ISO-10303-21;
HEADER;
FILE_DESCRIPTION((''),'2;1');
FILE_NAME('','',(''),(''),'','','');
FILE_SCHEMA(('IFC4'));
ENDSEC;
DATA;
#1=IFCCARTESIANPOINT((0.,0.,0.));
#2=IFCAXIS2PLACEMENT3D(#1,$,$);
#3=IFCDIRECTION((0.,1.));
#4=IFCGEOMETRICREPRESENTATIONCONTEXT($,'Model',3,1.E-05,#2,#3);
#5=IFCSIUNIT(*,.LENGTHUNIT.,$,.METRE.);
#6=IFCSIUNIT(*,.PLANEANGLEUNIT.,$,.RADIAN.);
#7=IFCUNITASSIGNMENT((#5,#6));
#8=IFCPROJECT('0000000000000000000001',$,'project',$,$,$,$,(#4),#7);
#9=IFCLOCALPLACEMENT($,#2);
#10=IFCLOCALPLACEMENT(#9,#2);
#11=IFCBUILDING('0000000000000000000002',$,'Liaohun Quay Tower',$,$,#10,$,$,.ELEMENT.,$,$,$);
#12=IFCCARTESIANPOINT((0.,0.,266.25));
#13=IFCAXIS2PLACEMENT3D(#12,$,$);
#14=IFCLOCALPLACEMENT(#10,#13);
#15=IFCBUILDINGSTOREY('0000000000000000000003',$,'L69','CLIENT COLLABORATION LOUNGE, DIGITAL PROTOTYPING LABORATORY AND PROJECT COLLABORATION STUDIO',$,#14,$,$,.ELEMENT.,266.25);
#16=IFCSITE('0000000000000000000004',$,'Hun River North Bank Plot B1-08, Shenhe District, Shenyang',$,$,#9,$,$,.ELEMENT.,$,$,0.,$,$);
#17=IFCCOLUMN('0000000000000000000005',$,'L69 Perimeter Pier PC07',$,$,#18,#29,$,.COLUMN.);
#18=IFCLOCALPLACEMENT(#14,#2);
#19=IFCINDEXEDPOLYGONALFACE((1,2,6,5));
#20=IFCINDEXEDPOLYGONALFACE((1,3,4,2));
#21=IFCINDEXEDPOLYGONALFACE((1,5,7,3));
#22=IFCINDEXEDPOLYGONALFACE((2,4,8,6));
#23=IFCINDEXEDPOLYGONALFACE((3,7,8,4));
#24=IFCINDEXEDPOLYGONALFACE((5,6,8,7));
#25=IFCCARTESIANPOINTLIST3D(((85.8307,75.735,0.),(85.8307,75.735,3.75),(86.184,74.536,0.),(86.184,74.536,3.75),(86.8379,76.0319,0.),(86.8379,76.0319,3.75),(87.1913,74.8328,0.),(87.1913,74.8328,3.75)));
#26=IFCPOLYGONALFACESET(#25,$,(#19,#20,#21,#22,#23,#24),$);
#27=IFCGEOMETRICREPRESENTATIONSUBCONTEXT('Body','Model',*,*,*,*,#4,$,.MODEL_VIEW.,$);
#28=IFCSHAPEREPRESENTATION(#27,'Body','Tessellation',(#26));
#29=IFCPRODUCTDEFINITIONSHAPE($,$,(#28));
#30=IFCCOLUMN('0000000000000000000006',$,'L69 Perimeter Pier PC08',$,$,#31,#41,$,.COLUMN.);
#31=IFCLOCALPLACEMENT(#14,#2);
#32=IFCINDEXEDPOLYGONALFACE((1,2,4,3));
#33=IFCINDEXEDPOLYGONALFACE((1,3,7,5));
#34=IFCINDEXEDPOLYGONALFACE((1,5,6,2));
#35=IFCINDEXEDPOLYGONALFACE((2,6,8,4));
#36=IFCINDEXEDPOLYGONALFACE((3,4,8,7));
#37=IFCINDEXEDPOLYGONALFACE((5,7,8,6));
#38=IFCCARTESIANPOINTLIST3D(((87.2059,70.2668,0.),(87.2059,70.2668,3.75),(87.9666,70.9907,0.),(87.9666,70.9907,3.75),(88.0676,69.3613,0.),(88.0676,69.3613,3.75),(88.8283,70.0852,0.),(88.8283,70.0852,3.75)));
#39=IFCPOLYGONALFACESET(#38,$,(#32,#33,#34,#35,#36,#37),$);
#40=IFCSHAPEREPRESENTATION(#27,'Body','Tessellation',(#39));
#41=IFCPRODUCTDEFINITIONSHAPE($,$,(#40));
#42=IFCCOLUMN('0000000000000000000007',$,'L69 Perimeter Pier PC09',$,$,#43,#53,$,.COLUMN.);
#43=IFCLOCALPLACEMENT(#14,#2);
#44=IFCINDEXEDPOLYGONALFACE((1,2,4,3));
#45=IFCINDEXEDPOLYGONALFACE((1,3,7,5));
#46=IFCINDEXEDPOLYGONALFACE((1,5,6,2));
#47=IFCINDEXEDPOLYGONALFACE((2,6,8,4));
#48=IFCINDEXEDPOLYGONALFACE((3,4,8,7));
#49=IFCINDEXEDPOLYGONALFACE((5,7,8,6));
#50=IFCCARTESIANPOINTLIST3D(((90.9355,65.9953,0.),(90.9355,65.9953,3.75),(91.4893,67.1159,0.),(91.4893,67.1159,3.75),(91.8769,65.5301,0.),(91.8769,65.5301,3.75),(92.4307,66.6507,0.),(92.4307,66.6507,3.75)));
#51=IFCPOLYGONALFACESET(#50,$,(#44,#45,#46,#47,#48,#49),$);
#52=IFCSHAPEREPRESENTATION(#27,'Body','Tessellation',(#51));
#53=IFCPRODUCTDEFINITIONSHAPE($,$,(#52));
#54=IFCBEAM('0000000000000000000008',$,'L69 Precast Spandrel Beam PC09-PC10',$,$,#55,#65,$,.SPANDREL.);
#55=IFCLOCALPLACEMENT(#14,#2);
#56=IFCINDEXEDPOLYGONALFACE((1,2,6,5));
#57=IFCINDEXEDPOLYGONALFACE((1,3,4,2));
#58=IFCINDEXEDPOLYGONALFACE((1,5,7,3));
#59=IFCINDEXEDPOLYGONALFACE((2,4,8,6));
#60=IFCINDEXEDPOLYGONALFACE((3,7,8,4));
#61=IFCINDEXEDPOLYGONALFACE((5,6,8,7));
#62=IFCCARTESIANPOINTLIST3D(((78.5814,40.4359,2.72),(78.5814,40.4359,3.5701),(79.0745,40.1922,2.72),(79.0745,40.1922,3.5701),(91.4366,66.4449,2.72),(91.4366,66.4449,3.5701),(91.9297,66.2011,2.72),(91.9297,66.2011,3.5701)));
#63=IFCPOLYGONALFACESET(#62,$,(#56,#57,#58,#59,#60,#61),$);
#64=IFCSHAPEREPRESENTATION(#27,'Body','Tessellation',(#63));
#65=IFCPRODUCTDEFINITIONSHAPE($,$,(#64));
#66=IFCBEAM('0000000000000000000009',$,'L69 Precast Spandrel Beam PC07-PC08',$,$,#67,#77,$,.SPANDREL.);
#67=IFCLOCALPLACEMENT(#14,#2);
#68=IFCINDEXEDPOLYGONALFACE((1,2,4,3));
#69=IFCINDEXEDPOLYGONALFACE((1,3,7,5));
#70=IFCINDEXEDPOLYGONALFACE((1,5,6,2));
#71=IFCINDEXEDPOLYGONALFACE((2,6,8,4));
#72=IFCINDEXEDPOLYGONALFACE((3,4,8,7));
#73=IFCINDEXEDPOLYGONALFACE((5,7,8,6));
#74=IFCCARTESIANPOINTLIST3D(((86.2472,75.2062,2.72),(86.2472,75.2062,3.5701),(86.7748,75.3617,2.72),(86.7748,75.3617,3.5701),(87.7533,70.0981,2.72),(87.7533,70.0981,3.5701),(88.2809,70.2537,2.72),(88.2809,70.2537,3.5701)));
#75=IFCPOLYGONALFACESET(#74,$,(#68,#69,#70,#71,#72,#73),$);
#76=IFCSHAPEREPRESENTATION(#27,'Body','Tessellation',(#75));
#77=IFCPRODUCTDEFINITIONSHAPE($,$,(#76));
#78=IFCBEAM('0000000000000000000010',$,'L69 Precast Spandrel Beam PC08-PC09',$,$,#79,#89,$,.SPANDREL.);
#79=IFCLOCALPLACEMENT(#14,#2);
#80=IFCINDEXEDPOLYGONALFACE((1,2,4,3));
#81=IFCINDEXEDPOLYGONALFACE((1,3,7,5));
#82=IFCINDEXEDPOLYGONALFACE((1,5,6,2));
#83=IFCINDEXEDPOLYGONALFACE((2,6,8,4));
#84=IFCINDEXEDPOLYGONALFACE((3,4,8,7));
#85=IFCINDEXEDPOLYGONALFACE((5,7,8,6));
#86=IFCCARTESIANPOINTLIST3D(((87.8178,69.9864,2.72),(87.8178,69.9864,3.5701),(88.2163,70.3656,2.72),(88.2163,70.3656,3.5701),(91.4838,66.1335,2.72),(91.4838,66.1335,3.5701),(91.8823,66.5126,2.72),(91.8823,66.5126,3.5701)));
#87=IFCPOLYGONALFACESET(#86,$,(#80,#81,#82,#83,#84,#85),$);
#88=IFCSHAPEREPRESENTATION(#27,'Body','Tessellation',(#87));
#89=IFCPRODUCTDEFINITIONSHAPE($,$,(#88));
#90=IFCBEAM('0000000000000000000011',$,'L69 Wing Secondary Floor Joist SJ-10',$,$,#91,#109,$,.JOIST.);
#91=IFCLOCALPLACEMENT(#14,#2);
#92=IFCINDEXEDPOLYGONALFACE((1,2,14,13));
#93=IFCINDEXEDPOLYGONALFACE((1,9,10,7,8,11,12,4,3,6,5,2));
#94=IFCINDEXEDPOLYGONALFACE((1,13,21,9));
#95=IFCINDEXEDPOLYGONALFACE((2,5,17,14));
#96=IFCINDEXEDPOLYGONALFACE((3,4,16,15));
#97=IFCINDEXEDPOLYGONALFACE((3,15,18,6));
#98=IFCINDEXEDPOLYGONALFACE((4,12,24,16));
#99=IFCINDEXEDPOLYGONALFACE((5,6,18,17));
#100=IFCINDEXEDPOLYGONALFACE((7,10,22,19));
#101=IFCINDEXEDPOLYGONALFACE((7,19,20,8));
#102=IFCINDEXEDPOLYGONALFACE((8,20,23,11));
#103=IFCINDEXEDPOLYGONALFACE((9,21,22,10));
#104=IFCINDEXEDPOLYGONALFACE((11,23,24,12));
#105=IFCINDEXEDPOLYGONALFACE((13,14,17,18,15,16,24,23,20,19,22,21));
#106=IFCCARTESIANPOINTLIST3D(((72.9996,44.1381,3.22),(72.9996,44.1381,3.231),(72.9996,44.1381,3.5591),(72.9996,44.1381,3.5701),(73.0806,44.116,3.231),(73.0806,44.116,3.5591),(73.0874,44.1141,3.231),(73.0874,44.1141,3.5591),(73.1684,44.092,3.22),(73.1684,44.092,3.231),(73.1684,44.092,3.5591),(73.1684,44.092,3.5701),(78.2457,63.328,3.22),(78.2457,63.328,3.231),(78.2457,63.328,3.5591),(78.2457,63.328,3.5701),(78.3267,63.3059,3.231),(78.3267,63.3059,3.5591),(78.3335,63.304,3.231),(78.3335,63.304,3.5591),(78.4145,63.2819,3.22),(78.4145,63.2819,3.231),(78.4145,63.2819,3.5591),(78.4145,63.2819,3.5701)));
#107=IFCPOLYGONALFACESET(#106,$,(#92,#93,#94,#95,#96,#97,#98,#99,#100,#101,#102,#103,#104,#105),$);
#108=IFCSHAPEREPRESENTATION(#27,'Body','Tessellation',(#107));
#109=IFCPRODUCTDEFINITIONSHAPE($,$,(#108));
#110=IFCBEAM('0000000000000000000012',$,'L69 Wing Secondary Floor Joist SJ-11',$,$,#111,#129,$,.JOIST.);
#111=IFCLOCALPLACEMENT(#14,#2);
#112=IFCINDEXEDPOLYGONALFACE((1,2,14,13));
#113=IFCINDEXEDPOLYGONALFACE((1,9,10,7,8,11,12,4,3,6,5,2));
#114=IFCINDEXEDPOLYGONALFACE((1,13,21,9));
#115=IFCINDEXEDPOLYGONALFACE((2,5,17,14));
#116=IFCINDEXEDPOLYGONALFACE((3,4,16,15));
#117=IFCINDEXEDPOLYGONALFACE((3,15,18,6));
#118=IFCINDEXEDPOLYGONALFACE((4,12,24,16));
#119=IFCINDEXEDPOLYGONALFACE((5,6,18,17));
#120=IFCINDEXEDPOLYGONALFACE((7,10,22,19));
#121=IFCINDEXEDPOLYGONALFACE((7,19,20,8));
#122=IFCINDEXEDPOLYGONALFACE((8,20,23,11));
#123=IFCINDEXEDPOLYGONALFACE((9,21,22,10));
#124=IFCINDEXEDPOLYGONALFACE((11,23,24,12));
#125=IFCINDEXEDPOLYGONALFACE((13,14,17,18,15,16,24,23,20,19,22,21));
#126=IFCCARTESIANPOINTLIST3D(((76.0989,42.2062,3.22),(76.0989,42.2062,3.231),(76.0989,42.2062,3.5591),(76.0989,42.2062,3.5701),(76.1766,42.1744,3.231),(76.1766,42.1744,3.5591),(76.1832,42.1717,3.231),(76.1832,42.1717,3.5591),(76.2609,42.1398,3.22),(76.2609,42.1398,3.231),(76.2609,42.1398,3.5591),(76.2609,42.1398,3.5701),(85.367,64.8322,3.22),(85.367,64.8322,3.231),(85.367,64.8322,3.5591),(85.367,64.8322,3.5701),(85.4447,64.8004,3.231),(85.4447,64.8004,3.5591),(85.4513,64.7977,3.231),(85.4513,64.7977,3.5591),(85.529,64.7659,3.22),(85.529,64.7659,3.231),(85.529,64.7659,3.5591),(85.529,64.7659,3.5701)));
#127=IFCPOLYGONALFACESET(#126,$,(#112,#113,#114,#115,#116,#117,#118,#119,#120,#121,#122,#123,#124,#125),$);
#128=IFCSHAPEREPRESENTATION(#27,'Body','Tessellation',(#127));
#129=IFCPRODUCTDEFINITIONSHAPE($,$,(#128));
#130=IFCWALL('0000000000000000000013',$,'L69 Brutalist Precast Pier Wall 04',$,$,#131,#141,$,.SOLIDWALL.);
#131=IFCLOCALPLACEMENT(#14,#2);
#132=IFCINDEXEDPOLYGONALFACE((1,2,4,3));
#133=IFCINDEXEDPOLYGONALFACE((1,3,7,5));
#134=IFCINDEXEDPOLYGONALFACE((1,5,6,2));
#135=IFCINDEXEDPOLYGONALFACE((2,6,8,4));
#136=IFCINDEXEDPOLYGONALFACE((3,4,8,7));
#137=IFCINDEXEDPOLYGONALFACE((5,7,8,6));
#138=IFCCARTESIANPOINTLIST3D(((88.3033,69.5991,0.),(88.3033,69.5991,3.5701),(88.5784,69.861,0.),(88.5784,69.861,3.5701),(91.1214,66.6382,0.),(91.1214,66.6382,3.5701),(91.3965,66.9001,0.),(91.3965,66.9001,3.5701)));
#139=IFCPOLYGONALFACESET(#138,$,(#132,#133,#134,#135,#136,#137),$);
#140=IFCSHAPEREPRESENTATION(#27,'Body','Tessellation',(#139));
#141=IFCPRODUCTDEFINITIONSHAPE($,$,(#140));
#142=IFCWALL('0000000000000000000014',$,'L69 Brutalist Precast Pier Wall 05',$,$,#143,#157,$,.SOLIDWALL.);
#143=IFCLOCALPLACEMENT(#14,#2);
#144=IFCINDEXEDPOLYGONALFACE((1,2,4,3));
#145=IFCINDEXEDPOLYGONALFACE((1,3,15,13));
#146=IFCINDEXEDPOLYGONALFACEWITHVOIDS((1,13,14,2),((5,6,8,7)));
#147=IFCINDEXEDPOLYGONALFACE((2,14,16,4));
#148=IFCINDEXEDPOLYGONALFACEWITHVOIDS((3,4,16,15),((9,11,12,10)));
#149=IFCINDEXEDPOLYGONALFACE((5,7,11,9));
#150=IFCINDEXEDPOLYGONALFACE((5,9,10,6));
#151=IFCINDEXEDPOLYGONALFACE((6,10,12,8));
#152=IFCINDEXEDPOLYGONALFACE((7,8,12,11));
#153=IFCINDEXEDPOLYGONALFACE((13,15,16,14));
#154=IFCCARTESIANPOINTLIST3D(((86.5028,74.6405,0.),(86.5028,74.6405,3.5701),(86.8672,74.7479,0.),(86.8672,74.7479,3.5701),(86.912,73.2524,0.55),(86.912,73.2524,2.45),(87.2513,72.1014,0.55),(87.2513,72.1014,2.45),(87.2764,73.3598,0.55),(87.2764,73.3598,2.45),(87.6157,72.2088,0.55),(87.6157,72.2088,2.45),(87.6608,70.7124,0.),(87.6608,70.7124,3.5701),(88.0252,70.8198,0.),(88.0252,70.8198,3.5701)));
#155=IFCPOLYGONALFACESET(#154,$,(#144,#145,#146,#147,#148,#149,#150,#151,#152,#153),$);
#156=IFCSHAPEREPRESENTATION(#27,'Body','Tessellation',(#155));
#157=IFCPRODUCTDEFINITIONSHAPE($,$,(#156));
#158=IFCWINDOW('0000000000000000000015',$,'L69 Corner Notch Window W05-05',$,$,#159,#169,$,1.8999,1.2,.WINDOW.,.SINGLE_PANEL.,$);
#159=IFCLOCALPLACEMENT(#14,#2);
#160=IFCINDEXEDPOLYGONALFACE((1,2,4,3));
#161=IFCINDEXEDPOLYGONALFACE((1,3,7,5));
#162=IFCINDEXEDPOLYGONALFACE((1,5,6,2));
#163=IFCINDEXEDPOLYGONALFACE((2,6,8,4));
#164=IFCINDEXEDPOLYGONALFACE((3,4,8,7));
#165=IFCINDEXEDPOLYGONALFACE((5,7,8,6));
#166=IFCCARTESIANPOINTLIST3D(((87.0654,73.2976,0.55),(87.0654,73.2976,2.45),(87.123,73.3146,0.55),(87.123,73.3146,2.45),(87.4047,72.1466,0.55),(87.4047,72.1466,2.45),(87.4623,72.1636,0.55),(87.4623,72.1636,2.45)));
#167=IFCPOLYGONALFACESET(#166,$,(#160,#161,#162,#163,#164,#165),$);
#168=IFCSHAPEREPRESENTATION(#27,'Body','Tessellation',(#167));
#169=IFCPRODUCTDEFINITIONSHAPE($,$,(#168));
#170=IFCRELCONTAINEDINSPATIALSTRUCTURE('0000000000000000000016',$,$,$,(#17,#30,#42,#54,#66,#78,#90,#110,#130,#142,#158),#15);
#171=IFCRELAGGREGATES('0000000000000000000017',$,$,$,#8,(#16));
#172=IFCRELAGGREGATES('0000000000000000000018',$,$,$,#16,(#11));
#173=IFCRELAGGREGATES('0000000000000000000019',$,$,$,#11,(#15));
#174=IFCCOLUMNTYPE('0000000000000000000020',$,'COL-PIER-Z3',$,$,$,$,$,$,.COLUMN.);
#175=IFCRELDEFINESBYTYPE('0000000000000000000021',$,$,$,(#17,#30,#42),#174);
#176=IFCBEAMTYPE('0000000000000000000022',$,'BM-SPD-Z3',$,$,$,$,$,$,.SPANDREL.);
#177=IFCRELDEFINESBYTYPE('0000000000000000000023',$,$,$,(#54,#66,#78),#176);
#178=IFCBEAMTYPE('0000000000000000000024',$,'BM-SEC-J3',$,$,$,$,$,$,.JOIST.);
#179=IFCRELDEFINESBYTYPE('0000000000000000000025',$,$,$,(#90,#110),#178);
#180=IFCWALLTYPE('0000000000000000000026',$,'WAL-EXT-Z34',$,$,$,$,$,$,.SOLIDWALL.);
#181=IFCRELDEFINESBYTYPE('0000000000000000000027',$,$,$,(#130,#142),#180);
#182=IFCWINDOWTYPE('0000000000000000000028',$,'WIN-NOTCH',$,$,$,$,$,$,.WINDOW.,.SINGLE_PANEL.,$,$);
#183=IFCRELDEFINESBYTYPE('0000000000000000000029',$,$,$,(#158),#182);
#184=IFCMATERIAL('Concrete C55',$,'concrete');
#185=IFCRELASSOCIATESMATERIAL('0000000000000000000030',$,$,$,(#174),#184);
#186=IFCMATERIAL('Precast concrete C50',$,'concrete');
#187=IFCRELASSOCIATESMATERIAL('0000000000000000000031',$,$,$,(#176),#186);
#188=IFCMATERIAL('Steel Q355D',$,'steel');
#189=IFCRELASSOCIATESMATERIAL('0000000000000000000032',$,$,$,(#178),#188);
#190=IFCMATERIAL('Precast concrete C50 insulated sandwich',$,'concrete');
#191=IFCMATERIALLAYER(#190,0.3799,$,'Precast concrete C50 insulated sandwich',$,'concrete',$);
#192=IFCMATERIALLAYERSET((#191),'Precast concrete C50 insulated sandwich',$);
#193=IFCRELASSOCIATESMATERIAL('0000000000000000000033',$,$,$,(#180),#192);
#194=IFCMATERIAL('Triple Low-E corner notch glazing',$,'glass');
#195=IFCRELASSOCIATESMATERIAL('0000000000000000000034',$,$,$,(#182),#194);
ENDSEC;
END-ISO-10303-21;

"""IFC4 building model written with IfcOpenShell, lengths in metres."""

from ifc_helpers import new_model, si_unit, direction, frame, frame_2d, origin, origin_2d, place, context, subcontext, project, spatial, rectangle, i_section, extrude, source, transform, mapped, material, layer, layer_set, material_profile, profile_set, type_object, element, fill, save


model = new_model("IFC4")

# Units and contexts
model_context = context("Model", 3, precision=1e-05, world=origin(), true_north=direction((0.0, 1.0)))
body_context = subcontext(model_context, "Body", "Model", "MODEL_VIEW")
ifc_project = project(units=[si_unit("LENGTHUNIT", "METRE"), si_unit("PLANEANGLEUNIT", "RADIAN")], contexts=[model_context])

# Site, building, storey
site_placement = place(None, origin())
site = spatial("IfcSite", under=ifc_project, at=site_placement, Name="Hun River North Bank Plot B1-08, Shenhe District, Shenyang", CompositionType="ELEMENT", RefElevation=0.0)
building_placement = place(site_placement, origin())
building = spatial("IfcBuilding", under=site, at=building_placement, Name="Liaohun Quay Tower", CompositionType="ELEMENT")
storey_placement = place(building_placement, frame((0.0, 0.0, 266.25)))
storey = spatial("IfcBuildingStorey", under=building, at=storey_placement, Name="L69", Description="CLIENT COLLABORATION LOUNGE, DIGITAL PROTOTYPING LABORATORY AND PROJECT COLLABORATION STUDIO", CompositionType="ELEMENT", Elevation=266.25)

# Columns
ifc_material_1 = material(Name="Concrete C55", Category="concrete")
ifc_material_profile_1 = material_profile(ifc_material_1, rectangle(XDim=1.25, YDim=1.05, at=origin_2d()), Name="RC1250x1050")
ifc_profile_set_1 = profile_set([ifc_material_profile_1], Name="Concrete C55")
column_type = type_object("IfcColumnType", Name="COL-PIER-Z3", PredefinedType="COLUMN", material=ifc_profile_set_1)
shared_shape_1 = source(origin(), body_context, "Body", "SweptSolid", [
    extrude(rectangle(XDim=1.25, YDim=1.05, at=origin_2d()), origin(), (0.0, 0.0, 1.0), 3.75),
])
for number, where, z_axis, x_axis, name in (
    (1, (86.511, 75.2839, 0.0), (0.0, 0.0, 1.0), (-0.282676, 0.959215, 0.0), "L69 Perimeter Pier PC07"),
    (2, (88.0171, 70.176, 0.0), (0.0, 0.0, 1.0), (-0.689367, 0.724413, 0.0), "L69 Perimeter Pier PC08"),
    (3, (91.6831, 66.323, 0.0), (0.0, 0.0, 1.0), (0.443071, 0.896486, 0.0), "L69 Perimeter Pier PC09"),
):
    element("IfcColumn", number, at=place(storey_placement, frame(where, z_axis=z_axis, x_axis=x_axis)), inside=storey, type_object=column_type, Name=name, PredefinedType="COLUMN", context=body_context, shape_type="MappedRepresentation", body=[
        mapped(shared_shape_1, transform((0.0, 0.0, 0.0), x_axis=(1.0, 0.0, 0.0), y_axis=(0.0, 1.0, 0.0), z_axis=(0.0, 0.0, 1.0), scale=1.0)),
    ])

# Beams
ifc_material_2 = material(Name="Precast concrete C50", Category="concrete")
ifc_material_profile_2 = material_profile(ifc_material_2, rectangle(XDim=0.55, YDim=0.8501, at=origin_2d()), Name="RC550x850")
ifc_profile_set_2 = profile_set([ifc_material_profile_2], Name="Precast concrete C50")
beam_type_1 = type_object("IfcBeamType", Name="BM-SPD-Z3", PredefinedType="SPANDREL", material=ifc_profile_set_2)
shared_shape_2 = source(origin(), body_context, "Body", "SweptSolid", [
    extrude(rectangle(XDim=0.55, YDim=0.8501, at=origin_2d()), origin(), (0.0, 0.0, 1.0), 29.0125),
])
beam_1_placement = place(storey_placement, frame((91.6831, 66.323, 3.145), z_axis=(-0.443092, -0.896476, 0.0), x_axis=(0.896476, -0.443092, 0.0)))
element("IfcBeam", 4, at=beam_1_placement, inside=storey, type_object=beam_type_1, Name="L69 Precast Spandrel Beam PC09-PC10", PredefinedType="SPANDREL", context=body_context, shape_type="MappedRepresentation", body=[
    mapped(shared_shape_2, transform((0.0, 0.0, 0.0), x_axis=(1.0, 0.0, 0.0), y_axis=(0.0, 1.0, 0.0), z_axis=(0.0, 0.0, 1.0), scale=1.0)),
])
shared_shape_3 = source(origin(), body_context, "Body", "SweptSolid", [
    extrude(rectangle(XDim=0.55, YDim=0.8501, at=origin_2d()), origin(), (0.0, 0.0, 1.0), 5.3254),
])
beam_2_placement = place(storey_placement, frame((86.511, 75.2839, 3.145), z_axis=(0.282819, -0.959173, 0.0), x_axis=(0.959173, 0.282819, 0.0)))
element("IfcBeam", 5, at=beam_2_placement, inside=storey, type_object=beam_type_1, Name="L69 Precast Spandrel Beam PC07-PC08", PredefinedType="SPANDREL", context=body_context, shape_type="MappedRepresentation", body=[
    mapped(shared_shape_3, transform((0.0, 0.0, 0.0), x_axis=(1.0, 0.0, 0.0), y_axis=(0.0, 1.0, 0.0), z_axis=(0.0, 0.0, 1.0), scale=1.0)),
])
shared_shape_4 = source(origin(), body_context, "Body", "SweptSolid", [
    extrude(rectangle(XDim=0.55, YDim=0.8501, at=origin_2d()), origin(), (0.0, 0.0, 1.0), 5.3184),
])
beam_3_placement = place(storey_placement, frame((88.0171, 70.176, 3.145), z_axis=(0.689307, -0.72447, 0.0), x_axis=(0.72447, 0.689307, 0.0)))
element("IfcBeam", 6, at=beam_3_placement, inside=storey, type_object=beam_type_1, Name="L69 Precast Spandrel Beam PC08-PC09", PredefinedType="SPANDREL", context=body_context, shape_type="MappedRepresentation", body=[
    mapped(shared_shape_4, transform((0.0, 0.0, 0.0), x_axis=(1.0, 0.0, 0.0), y_axis=(0.0, 1.0, 0.0), z_axis=(0.0, 0.0, 1.0), scale=1.0)),
])
ifc_material_3 = material(Name="Steel Q355D", Category="steel")
ifc_material_profile_3 = material_profile(ifc_material_3, i_section(OverallWidth=0.175, OverallDepth=0.3501, WebThickness=0.0071, FlangeThickness=0.011, at=origin_2d()), Name="HN350x175x7x11")
ifc_profile_set_3 = profile_set([ifc_material_profile_3], Name="Steel Q355D")
beam_type_2 = type_object("IfcBeamType", Name="BM-SEC-J3", PredefinedType="JOIST", material=ifc_profile_set_3)
shared_shape_5 = source(origin(), body_context, "Body", "SweptSolid", [
    extrude(i_section(OverallWidth=0.175, OverallDepth=0.3501, WebThickness=0.0071, FlangeThickness=0.011, at=origin_2d()), origin(), (0.0, 0.0, 1.0), 19.894),
])
beam_4_placement = place(storey_placement, frame((78.3301, 63.3049, 3.395), z_axis=(-0.263701, -0.964604, 0.0), x_axis=(0.964604, -0.263701, 0.0)))
element("IfcBeam", 7, at=beam_4_placement, inside=storey, type_object=beam_type_2, Name="L69 Wing Secondary Floor Joist SJ-10", PredefinedType="JOIST", context=body_context, shape_type="MappedRepresentation", body=[
    mapped(shared_shape_5, transform((0.0, 0.0, 0.0), x_axis=(1.0, 0.0, 0.0), y_axis=(0.0, 1.0, 0.0), z_axis=(0.0, 0.0, 1.0), scale=1.0)),
])
shared_shape_6 = source(origin(), body_context, "Body", "SweptSolid", [
    extrude(i_section(OverallWidth=0.175, OverallDepth=0.3501, WebThickness=0.0071, FlangeThickness=0.011, at=origin_2d()), origin(), (0.0, 0.0, 1.0), 24.4507),
])
beam_5_placement = place(storey_placement, frame((85.448, 64.7991, 3.395), z_axis=(-0.379053, -0.925375, 0.0), x_axis=(0.925375, -0.379053, 0.0)))
element("IfcBeam", 8, at=beam_5_placement, inside=storey, type_object=beam_type_2, Name="L69 Wing Secondary Floor Joist SJ-11", PredefinedType="JOIST", context=body_context, shape_type="MappedRepresentation", body=[
    mapped(shared_shape_6, transform((0.0, 0.0, 0.0), x_axis=(1.0, 0.0, 0.0), y_axis=(0.0, 1.0, 0.0), z_axis=(0.0, 0.0, 1.0), scale=1.0)),
])

# Wall
ifc_material_4 = material(Name="Precast concrete C50 insulated sandwich", Category="concrete")
ifc_layer_1 = layer(ifc_material_4, 0.3799, Name="Precast concrete C50 insulated sandwich", Category="concrete")
ifc_layer_set_1 = layer_set([ifc_layer_1], Name="Precast concrete C50 insulated sandwich")
wall_type_1 = type_object("IfcWallType", Name="WAL-EXT-Z34", PredefinedType="SOLIDWALL", material=ifc_layer_set_1)
wall_1_placement = place(storey_placement, frame((91.259, 66.769, 0.0), z_axis=(0.0, 0.0, 1.0), x_axis=(-0.689421, 0.724361, 0.0)))
element("IfcWall", 9, at=wall_1_placement, inside=storey, type_object=wall_type_1, Name="L69 Brutalist Precast Pier Wall 04", PredefinedType="SOLIDWALL", context=body_context, shape_type="SweptSolid", body=[
    extrude(rectangle(XDim=4.0876, YDim=0.3799, at=frame_2d((2.0439, 0.0))), origin(), (0.0, 0.0, 1.0), 3.5701),
])

# Wall, opening, window
wall_2_placement = place(storey_placement, frame((87.843, 70.7661, 0.0), z_axis=(0.0, 0.0, 1.0), x_axis=(-0.282767, 0.959189, 0.0)))
wall_2 = element("IfcWall", 10, at=wall_2_placement, inside=storey, type_object=wall_type_1, Name="L69 Brutalist Precast Pier Wall 05", PredefinedType="SOLIDWALL", context=body_context, shape_type="SweptSolid", body=[
    extrude(rectangle(XDim=4.0952, YDim=0.3799, at=frame_2d((2.0476, 0.0))), origin(), (0.0, 0.0, 1.0), 3.5701),
])
shared_shape_7 = source(origin(), body_context, "Body", "SweptSolid", [
    extrude(rectangle(XDim=1.2, YDim=1.8999, at=frame_2d((0.6001, 0.95))), frame((0.0, 0.2, 0.0), z_axis=(0.0, -1.0, 0.0), x_axis=(1.0, 0.0, 0.0)), (0.0, 0.0, 1.0), 0.3999),
])
opening_1_placement = place(wall_2_placement, frame((1.448, 0.0, 0.55)))
opening_1 = element("IfcOpeningElement", 11, at=opening_1_placement, cuts=wall_2, PredefinedType="OPENING", context=body_context, shape_type="MappedRepresentation", body=[
    mapped(shared_shape_7, transform((0.0, 0.0, 0.0), x_axis=(1.0, 0.0, 0.0), y_axis=(0.0, 1.0, 0.0), z_axis=(0.0, 0.0, 1.0), scale=1.0)),
])
ifc_material_5 = material(Name="Triple Low-E corner notch glazing", Category="glass")
window_type_1 = type_object("IfcWindowType", Name="WIN-NOTCH", PartitioningType="SINGLE_PANEL", PredefinedType="WINDOW", material=ifc_material_5)
shared_shape_8 = source(origin(), body_context, "Body", "SweptSolid", [
    extrude(rectangle(XDim=1.2, YDim=1.8999, at=frame_2d((0.6001, 0.95))), frame((0.0, 0.03, 0.0), z_axis=(0.0, -1.0, 0.0), x_axis=(1.0, 0.0, 0.0)), (0.0, 0.0, 1.0), 0.0601),
])
window_1_placement = place(opening_1_placement, origin())
window_1 = element("IfcWindow", 12, at=window_1_placement, inside=storey, type_object=window_type_1, Name="L69 Corner Notch Window W05-05", OverallHeight=1.8999, OverallWidth=1.2, PartitioningType="SINGLE_PANEL", PredefinedType="WINDOW", context=body_context, shape_type="MappedRepresentation", body=[
    mapped(shared_shape_8, transform((0.0, 0.0, 0.0), x_axis=(1.0, 0.0, 0.0), y_axis=(0.0, 1.0, 0.0), z_axis=(0.0, 0.0, 1.0), scale=1.0)),
])
fill(opening_1, window_1)

save(model, "model.ifc")
